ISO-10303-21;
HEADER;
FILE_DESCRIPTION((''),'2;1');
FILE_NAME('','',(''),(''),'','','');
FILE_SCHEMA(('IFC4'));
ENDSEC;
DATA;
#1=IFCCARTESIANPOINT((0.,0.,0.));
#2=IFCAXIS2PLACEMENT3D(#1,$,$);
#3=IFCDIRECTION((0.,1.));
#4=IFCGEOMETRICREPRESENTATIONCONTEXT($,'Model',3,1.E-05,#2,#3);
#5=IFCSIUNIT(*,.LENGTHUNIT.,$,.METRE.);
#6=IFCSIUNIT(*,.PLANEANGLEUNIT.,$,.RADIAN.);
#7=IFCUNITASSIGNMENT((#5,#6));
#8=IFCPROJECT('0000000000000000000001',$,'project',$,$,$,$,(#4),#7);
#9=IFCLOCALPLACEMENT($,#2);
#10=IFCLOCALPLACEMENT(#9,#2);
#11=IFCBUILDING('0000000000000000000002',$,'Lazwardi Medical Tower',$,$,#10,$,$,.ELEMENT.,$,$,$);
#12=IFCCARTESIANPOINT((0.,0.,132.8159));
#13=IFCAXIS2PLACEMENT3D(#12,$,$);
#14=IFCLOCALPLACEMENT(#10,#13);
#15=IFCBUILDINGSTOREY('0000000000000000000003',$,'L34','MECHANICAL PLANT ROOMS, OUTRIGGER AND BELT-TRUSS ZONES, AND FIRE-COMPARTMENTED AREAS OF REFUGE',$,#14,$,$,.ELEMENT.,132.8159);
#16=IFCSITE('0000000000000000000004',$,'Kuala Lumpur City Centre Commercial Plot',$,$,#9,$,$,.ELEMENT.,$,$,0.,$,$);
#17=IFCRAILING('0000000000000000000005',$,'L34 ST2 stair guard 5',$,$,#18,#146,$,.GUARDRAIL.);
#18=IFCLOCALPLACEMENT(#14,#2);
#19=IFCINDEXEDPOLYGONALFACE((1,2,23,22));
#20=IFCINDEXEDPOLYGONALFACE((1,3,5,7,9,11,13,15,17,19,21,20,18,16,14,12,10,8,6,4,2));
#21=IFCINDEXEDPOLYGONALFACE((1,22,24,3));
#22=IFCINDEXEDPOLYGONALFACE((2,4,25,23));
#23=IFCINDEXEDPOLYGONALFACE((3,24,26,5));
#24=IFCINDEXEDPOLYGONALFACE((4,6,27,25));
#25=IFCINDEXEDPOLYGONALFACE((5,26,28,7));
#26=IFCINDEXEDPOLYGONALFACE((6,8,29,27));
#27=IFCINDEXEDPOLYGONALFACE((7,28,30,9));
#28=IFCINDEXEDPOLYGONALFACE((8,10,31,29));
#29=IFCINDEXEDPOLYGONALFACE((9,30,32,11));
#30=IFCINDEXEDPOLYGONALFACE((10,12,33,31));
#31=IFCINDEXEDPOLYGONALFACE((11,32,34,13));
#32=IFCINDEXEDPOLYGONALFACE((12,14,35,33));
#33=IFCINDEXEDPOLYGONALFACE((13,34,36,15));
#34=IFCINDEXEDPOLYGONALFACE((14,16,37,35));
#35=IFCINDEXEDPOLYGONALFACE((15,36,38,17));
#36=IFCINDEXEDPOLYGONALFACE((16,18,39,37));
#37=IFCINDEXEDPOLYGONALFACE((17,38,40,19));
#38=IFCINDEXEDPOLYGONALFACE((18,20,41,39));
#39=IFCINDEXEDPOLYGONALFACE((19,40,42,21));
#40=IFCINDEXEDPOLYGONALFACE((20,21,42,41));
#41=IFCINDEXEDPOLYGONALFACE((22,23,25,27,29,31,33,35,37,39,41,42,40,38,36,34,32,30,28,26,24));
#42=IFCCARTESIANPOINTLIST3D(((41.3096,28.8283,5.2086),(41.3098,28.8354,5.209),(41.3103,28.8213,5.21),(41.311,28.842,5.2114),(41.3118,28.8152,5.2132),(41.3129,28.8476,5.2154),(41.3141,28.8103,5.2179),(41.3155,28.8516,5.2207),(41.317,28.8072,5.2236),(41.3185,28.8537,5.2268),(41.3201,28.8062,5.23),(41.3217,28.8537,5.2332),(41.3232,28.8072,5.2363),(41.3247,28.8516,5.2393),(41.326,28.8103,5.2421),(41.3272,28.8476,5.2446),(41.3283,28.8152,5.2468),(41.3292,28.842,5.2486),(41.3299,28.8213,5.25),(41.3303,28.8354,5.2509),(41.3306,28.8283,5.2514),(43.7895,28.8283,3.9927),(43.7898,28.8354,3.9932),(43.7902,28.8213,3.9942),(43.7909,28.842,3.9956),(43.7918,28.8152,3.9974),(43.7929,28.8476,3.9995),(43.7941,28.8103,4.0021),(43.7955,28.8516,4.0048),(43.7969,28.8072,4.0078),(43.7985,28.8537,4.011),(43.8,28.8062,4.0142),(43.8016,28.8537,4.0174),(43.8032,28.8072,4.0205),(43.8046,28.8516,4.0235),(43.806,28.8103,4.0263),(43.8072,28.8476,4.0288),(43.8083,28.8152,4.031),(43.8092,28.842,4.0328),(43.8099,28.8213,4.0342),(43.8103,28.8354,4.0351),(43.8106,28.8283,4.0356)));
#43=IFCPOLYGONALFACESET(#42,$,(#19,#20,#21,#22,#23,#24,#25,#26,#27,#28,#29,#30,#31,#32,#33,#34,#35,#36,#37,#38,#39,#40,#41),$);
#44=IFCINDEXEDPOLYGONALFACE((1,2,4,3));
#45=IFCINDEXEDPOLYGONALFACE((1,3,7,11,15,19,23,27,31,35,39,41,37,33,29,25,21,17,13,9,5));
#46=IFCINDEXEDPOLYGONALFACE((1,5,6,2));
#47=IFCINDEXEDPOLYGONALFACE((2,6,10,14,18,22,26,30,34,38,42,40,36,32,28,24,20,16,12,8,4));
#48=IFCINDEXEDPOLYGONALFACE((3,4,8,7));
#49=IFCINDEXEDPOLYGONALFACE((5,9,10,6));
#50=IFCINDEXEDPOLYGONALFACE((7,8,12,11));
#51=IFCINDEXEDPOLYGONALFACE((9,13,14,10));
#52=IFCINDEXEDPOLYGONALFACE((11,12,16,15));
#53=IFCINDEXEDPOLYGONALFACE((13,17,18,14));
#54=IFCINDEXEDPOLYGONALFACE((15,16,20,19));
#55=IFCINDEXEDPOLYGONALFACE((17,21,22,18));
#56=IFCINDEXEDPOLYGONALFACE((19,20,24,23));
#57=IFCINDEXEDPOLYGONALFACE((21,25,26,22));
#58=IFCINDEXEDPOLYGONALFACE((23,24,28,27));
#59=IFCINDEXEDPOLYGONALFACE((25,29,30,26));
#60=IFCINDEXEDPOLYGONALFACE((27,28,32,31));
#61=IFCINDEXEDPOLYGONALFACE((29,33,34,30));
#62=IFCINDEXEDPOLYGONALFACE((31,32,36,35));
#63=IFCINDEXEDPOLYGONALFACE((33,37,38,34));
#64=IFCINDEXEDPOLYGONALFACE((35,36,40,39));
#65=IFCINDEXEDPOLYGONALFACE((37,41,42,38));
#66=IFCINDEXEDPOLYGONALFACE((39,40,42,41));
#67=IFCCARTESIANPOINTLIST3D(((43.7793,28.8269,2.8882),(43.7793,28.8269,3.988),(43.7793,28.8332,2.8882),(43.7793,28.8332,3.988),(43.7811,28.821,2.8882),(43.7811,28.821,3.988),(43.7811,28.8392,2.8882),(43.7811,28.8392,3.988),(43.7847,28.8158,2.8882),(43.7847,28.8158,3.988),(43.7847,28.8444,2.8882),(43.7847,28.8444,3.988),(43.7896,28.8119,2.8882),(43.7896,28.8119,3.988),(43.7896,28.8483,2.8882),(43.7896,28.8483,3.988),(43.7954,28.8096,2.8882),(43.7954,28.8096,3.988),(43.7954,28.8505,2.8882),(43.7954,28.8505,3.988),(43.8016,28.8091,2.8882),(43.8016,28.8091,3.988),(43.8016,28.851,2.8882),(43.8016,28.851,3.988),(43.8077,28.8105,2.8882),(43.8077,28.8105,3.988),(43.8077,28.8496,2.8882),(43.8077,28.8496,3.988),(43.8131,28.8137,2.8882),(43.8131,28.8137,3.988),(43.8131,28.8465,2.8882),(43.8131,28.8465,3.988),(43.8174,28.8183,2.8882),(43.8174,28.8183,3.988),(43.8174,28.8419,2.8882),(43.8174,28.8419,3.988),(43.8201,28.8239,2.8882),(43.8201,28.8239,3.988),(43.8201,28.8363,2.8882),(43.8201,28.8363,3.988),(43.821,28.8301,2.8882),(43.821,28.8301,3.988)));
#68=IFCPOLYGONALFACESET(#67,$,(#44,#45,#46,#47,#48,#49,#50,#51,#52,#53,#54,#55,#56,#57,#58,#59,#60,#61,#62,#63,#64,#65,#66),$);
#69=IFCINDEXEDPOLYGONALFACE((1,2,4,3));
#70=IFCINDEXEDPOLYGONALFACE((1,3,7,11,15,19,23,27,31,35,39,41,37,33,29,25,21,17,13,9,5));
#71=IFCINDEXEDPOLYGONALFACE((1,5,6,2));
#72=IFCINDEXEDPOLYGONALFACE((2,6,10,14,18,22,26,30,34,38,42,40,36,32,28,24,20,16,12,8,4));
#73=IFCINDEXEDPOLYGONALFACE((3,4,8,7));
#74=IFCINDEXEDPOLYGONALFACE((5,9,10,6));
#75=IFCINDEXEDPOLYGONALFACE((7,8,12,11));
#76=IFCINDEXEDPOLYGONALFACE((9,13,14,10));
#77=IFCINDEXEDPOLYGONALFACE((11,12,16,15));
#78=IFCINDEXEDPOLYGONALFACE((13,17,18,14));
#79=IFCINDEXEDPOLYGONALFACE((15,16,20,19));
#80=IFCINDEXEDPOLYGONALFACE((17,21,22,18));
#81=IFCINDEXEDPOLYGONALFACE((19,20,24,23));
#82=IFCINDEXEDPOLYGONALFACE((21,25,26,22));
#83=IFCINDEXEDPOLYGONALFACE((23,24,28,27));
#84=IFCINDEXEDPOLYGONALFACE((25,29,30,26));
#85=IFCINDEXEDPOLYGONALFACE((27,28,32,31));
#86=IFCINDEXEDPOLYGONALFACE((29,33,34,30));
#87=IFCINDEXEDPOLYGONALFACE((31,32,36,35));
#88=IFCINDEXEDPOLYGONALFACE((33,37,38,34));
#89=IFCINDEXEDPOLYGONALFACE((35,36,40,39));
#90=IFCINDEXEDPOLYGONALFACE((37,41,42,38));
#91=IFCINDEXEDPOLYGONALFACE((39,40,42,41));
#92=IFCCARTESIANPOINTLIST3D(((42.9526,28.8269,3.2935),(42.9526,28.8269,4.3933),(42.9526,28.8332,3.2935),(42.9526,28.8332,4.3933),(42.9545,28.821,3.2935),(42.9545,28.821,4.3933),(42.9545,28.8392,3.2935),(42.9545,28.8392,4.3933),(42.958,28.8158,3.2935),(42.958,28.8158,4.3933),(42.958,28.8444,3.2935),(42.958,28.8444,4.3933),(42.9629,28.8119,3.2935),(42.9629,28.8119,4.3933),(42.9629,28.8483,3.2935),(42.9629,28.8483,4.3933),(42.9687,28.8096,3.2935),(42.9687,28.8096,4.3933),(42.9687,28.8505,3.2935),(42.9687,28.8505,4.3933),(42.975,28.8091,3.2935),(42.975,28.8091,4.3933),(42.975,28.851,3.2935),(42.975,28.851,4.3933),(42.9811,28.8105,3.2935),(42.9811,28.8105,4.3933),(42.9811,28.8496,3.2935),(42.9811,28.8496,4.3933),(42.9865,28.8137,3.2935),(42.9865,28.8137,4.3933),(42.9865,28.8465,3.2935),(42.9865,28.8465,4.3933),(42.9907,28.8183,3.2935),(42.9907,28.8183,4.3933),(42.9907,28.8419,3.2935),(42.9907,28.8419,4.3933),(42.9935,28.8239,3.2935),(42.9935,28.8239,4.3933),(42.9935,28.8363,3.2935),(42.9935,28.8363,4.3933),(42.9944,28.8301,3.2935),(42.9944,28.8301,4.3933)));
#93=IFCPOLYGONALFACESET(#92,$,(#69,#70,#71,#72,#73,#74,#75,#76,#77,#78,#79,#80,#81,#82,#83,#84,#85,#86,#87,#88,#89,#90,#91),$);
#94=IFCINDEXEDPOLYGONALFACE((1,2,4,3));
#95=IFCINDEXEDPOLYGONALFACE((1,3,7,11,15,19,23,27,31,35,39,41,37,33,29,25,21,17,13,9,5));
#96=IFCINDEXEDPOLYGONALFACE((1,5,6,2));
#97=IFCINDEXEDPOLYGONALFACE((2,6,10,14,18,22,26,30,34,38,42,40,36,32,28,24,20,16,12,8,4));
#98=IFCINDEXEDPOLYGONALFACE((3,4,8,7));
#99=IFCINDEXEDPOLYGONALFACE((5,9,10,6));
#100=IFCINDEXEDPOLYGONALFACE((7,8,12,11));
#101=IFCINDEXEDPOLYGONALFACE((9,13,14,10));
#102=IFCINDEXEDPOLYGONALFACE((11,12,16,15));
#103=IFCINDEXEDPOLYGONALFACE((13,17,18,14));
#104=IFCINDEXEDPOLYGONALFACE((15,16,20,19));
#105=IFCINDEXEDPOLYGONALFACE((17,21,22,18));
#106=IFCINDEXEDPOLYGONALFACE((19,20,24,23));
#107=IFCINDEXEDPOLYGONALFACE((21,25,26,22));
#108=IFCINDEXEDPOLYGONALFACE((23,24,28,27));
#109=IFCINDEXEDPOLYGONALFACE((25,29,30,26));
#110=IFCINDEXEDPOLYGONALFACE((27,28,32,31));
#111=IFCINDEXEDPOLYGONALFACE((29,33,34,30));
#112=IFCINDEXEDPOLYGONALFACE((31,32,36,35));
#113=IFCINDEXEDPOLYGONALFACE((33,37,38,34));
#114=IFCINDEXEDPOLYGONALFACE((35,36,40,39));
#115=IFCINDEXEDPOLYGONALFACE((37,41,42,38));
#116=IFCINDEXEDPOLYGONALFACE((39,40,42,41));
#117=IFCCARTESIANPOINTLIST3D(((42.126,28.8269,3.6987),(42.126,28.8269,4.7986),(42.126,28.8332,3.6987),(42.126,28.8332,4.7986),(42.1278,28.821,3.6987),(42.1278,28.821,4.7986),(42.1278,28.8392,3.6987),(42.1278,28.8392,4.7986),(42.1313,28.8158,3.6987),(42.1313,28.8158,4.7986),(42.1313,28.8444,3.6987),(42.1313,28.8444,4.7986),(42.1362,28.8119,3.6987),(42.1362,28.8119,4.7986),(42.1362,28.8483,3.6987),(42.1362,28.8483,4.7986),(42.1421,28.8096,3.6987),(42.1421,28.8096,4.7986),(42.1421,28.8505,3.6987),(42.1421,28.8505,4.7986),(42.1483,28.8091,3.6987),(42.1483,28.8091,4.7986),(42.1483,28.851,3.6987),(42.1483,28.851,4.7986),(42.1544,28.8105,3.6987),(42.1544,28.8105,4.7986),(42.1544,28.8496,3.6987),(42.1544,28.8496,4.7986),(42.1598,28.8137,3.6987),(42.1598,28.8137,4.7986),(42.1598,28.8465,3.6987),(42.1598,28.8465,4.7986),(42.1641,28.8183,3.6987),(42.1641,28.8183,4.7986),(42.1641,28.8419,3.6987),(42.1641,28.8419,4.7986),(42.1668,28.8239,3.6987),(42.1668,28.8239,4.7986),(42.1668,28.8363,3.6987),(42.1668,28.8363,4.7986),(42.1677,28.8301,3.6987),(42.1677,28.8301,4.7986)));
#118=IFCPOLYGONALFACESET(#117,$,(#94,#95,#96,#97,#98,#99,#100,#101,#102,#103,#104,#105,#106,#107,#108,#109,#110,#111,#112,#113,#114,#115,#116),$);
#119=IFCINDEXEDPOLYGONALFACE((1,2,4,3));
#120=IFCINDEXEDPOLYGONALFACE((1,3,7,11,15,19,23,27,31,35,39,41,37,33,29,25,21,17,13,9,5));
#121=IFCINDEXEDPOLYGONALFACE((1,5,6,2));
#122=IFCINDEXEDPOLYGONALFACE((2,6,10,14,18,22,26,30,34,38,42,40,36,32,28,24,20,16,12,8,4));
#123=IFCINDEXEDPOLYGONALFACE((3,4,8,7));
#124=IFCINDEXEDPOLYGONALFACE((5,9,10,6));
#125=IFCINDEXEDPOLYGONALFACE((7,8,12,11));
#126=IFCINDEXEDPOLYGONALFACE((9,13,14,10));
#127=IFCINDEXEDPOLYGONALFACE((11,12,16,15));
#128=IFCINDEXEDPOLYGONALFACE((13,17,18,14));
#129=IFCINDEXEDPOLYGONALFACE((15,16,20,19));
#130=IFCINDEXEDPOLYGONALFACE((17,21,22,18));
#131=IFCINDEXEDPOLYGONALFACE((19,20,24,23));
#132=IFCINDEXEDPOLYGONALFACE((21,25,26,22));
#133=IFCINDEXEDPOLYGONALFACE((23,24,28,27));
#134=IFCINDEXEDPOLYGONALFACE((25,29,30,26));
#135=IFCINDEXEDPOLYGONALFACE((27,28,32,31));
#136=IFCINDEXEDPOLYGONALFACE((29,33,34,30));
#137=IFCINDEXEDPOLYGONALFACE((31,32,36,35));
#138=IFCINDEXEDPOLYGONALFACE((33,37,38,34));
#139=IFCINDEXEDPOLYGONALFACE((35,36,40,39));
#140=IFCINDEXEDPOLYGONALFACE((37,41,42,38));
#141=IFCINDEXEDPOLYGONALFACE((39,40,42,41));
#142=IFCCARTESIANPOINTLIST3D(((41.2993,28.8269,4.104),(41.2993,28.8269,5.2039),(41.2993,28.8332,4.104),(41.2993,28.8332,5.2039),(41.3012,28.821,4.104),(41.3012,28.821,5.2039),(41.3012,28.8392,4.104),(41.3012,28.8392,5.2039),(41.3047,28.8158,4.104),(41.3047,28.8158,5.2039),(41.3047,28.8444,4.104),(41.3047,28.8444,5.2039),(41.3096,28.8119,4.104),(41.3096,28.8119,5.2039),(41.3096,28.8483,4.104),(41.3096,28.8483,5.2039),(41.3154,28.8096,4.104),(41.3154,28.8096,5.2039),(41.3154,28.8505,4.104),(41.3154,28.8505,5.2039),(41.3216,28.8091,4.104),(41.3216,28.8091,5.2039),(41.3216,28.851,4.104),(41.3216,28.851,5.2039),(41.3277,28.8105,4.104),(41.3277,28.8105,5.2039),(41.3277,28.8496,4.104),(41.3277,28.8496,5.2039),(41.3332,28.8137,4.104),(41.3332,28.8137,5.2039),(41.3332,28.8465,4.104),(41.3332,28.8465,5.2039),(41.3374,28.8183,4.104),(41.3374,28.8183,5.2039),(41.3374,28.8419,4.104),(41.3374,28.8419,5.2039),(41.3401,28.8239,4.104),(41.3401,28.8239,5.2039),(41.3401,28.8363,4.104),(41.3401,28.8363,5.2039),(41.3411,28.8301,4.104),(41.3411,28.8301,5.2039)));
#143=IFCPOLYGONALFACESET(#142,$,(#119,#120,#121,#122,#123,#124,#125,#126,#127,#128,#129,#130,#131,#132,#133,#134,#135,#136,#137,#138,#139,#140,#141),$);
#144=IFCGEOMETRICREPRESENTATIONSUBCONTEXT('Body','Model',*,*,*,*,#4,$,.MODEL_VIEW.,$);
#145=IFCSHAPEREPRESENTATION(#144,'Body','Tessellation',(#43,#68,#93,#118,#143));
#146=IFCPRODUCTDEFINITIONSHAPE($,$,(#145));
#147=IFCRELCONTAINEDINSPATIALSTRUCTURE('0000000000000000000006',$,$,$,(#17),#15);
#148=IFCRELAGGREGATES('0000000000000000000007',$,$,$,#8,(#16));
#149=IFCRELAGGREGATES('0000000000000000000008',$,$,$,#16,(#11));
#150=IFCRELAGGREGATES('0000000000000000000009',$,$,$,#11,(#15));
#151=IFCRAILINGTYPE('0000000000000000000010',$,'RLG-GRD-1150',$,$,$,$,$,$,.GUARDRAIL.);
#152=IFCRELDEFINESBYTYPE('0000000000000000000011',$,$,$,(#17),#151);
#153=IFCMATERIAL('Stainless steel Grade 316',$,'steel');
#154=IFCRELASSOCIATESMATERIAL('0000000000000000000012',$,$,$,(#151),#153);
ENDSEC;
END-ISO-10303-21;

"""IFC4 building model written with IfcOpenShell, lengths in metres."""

from ifc_helpers import new_model, si_unit, direction, frame, origin, origin_2d, place, context, subcontext, project, spatial, circle, extrude, material, type_object, element, save


model = new_model("IFC4")

# Units and contexts
model_context = context("Model", 3, precision=1e-05, world=origin(), true_north=direction((0.0, 1.0)))
body_context = subcontext(model_context, "Body", "Model", "MODEL_VIEW")
ifc_project = project(units=[si_unit("LENGTHUNIT", "METRE"), si_unit("PLANEANGLEUNIT", "RADIAN")], contexts=[model_context])

# Site, building, storey
site_placement = place(None, origin())
site = spatial("IfcSite", under=ifc_project, at=site_placement, Name="Kuala Lumpur City Centre Commercial Plot", CompositionType="ELEMENT", RefElevation=0.0)
building_placement = place(site_placement, origin())
building = spatial("IfcBuilding", under=site, at=building_placement, Name="Lazwardi Medical Tower", CompositionType="ELEMENT")
storey_placement = place(building_placement, frame((0.0, 0.0, 132.8159)))
storey = spatial("IfcBuildingStorey", under=building, at=storey_placement, Name="L34", Description="MECHANICAL PLANT ROOMS, OUTRIGGER AND BELT-TRUSS ZONES, AND FIRE-COMPARTMENTED AREAS OF REFUGE", CompositionType="ELEMENT", Elevation=132.8159)

# Railing
ifc_material_1 = material(Name="Stainless steel Grade 316", Category="steel")
railing_type_1 = type_object("IfcRailingType", Name="RLG-GRD-1150", PredefinedType="GUARDRAIL", material=ifc_material_1)
railing_1_placement = place(storey_placement, frame((43.8, 28.8301, 2.8882)))
element("IfcRailing", 1, at=railing_1_placement, inside=storey, type_object=railing_type_1, Name="L34 ST2 stair guard 5", PredefinedType="GUARDRAIL", context=body_context, shape_type="SweptSolid", body=[
    extrude(circle(Radius=0.0239, at=origin_2d()), frame((0.0, 0.0, 1.126), z_axis=(-0.8979, 0.0, 0.440199), x_axis=(0.0, -1.0, 0.0)), (0.0, 0.0, 1.0), 2.762),
    extrude(circle(Radius=0.021, at=origin_2d()), origin(), (0.0, 0.0, 1.0), 1.0999),
    extrude(circle(Radius=0.021, at=origin_2d()), frame((-0.8267, 0.0, 0.4053)), (0.0, 0.0, 1.0), 1.0999),
    extrude(circle(Radius=0.021, at=origin_2d()), frame((-1.6533, 0.0, 0.8105)), (0.0, 0.0, 1.0), 1.0999),
    extrude(circle(Radius=0.021, at=origin_2d()), frame((-2.48, 0.0, 1.2158)), (0.0, 0.0, 1.0), 1.0999),
])

save(model, "model.ifc")
